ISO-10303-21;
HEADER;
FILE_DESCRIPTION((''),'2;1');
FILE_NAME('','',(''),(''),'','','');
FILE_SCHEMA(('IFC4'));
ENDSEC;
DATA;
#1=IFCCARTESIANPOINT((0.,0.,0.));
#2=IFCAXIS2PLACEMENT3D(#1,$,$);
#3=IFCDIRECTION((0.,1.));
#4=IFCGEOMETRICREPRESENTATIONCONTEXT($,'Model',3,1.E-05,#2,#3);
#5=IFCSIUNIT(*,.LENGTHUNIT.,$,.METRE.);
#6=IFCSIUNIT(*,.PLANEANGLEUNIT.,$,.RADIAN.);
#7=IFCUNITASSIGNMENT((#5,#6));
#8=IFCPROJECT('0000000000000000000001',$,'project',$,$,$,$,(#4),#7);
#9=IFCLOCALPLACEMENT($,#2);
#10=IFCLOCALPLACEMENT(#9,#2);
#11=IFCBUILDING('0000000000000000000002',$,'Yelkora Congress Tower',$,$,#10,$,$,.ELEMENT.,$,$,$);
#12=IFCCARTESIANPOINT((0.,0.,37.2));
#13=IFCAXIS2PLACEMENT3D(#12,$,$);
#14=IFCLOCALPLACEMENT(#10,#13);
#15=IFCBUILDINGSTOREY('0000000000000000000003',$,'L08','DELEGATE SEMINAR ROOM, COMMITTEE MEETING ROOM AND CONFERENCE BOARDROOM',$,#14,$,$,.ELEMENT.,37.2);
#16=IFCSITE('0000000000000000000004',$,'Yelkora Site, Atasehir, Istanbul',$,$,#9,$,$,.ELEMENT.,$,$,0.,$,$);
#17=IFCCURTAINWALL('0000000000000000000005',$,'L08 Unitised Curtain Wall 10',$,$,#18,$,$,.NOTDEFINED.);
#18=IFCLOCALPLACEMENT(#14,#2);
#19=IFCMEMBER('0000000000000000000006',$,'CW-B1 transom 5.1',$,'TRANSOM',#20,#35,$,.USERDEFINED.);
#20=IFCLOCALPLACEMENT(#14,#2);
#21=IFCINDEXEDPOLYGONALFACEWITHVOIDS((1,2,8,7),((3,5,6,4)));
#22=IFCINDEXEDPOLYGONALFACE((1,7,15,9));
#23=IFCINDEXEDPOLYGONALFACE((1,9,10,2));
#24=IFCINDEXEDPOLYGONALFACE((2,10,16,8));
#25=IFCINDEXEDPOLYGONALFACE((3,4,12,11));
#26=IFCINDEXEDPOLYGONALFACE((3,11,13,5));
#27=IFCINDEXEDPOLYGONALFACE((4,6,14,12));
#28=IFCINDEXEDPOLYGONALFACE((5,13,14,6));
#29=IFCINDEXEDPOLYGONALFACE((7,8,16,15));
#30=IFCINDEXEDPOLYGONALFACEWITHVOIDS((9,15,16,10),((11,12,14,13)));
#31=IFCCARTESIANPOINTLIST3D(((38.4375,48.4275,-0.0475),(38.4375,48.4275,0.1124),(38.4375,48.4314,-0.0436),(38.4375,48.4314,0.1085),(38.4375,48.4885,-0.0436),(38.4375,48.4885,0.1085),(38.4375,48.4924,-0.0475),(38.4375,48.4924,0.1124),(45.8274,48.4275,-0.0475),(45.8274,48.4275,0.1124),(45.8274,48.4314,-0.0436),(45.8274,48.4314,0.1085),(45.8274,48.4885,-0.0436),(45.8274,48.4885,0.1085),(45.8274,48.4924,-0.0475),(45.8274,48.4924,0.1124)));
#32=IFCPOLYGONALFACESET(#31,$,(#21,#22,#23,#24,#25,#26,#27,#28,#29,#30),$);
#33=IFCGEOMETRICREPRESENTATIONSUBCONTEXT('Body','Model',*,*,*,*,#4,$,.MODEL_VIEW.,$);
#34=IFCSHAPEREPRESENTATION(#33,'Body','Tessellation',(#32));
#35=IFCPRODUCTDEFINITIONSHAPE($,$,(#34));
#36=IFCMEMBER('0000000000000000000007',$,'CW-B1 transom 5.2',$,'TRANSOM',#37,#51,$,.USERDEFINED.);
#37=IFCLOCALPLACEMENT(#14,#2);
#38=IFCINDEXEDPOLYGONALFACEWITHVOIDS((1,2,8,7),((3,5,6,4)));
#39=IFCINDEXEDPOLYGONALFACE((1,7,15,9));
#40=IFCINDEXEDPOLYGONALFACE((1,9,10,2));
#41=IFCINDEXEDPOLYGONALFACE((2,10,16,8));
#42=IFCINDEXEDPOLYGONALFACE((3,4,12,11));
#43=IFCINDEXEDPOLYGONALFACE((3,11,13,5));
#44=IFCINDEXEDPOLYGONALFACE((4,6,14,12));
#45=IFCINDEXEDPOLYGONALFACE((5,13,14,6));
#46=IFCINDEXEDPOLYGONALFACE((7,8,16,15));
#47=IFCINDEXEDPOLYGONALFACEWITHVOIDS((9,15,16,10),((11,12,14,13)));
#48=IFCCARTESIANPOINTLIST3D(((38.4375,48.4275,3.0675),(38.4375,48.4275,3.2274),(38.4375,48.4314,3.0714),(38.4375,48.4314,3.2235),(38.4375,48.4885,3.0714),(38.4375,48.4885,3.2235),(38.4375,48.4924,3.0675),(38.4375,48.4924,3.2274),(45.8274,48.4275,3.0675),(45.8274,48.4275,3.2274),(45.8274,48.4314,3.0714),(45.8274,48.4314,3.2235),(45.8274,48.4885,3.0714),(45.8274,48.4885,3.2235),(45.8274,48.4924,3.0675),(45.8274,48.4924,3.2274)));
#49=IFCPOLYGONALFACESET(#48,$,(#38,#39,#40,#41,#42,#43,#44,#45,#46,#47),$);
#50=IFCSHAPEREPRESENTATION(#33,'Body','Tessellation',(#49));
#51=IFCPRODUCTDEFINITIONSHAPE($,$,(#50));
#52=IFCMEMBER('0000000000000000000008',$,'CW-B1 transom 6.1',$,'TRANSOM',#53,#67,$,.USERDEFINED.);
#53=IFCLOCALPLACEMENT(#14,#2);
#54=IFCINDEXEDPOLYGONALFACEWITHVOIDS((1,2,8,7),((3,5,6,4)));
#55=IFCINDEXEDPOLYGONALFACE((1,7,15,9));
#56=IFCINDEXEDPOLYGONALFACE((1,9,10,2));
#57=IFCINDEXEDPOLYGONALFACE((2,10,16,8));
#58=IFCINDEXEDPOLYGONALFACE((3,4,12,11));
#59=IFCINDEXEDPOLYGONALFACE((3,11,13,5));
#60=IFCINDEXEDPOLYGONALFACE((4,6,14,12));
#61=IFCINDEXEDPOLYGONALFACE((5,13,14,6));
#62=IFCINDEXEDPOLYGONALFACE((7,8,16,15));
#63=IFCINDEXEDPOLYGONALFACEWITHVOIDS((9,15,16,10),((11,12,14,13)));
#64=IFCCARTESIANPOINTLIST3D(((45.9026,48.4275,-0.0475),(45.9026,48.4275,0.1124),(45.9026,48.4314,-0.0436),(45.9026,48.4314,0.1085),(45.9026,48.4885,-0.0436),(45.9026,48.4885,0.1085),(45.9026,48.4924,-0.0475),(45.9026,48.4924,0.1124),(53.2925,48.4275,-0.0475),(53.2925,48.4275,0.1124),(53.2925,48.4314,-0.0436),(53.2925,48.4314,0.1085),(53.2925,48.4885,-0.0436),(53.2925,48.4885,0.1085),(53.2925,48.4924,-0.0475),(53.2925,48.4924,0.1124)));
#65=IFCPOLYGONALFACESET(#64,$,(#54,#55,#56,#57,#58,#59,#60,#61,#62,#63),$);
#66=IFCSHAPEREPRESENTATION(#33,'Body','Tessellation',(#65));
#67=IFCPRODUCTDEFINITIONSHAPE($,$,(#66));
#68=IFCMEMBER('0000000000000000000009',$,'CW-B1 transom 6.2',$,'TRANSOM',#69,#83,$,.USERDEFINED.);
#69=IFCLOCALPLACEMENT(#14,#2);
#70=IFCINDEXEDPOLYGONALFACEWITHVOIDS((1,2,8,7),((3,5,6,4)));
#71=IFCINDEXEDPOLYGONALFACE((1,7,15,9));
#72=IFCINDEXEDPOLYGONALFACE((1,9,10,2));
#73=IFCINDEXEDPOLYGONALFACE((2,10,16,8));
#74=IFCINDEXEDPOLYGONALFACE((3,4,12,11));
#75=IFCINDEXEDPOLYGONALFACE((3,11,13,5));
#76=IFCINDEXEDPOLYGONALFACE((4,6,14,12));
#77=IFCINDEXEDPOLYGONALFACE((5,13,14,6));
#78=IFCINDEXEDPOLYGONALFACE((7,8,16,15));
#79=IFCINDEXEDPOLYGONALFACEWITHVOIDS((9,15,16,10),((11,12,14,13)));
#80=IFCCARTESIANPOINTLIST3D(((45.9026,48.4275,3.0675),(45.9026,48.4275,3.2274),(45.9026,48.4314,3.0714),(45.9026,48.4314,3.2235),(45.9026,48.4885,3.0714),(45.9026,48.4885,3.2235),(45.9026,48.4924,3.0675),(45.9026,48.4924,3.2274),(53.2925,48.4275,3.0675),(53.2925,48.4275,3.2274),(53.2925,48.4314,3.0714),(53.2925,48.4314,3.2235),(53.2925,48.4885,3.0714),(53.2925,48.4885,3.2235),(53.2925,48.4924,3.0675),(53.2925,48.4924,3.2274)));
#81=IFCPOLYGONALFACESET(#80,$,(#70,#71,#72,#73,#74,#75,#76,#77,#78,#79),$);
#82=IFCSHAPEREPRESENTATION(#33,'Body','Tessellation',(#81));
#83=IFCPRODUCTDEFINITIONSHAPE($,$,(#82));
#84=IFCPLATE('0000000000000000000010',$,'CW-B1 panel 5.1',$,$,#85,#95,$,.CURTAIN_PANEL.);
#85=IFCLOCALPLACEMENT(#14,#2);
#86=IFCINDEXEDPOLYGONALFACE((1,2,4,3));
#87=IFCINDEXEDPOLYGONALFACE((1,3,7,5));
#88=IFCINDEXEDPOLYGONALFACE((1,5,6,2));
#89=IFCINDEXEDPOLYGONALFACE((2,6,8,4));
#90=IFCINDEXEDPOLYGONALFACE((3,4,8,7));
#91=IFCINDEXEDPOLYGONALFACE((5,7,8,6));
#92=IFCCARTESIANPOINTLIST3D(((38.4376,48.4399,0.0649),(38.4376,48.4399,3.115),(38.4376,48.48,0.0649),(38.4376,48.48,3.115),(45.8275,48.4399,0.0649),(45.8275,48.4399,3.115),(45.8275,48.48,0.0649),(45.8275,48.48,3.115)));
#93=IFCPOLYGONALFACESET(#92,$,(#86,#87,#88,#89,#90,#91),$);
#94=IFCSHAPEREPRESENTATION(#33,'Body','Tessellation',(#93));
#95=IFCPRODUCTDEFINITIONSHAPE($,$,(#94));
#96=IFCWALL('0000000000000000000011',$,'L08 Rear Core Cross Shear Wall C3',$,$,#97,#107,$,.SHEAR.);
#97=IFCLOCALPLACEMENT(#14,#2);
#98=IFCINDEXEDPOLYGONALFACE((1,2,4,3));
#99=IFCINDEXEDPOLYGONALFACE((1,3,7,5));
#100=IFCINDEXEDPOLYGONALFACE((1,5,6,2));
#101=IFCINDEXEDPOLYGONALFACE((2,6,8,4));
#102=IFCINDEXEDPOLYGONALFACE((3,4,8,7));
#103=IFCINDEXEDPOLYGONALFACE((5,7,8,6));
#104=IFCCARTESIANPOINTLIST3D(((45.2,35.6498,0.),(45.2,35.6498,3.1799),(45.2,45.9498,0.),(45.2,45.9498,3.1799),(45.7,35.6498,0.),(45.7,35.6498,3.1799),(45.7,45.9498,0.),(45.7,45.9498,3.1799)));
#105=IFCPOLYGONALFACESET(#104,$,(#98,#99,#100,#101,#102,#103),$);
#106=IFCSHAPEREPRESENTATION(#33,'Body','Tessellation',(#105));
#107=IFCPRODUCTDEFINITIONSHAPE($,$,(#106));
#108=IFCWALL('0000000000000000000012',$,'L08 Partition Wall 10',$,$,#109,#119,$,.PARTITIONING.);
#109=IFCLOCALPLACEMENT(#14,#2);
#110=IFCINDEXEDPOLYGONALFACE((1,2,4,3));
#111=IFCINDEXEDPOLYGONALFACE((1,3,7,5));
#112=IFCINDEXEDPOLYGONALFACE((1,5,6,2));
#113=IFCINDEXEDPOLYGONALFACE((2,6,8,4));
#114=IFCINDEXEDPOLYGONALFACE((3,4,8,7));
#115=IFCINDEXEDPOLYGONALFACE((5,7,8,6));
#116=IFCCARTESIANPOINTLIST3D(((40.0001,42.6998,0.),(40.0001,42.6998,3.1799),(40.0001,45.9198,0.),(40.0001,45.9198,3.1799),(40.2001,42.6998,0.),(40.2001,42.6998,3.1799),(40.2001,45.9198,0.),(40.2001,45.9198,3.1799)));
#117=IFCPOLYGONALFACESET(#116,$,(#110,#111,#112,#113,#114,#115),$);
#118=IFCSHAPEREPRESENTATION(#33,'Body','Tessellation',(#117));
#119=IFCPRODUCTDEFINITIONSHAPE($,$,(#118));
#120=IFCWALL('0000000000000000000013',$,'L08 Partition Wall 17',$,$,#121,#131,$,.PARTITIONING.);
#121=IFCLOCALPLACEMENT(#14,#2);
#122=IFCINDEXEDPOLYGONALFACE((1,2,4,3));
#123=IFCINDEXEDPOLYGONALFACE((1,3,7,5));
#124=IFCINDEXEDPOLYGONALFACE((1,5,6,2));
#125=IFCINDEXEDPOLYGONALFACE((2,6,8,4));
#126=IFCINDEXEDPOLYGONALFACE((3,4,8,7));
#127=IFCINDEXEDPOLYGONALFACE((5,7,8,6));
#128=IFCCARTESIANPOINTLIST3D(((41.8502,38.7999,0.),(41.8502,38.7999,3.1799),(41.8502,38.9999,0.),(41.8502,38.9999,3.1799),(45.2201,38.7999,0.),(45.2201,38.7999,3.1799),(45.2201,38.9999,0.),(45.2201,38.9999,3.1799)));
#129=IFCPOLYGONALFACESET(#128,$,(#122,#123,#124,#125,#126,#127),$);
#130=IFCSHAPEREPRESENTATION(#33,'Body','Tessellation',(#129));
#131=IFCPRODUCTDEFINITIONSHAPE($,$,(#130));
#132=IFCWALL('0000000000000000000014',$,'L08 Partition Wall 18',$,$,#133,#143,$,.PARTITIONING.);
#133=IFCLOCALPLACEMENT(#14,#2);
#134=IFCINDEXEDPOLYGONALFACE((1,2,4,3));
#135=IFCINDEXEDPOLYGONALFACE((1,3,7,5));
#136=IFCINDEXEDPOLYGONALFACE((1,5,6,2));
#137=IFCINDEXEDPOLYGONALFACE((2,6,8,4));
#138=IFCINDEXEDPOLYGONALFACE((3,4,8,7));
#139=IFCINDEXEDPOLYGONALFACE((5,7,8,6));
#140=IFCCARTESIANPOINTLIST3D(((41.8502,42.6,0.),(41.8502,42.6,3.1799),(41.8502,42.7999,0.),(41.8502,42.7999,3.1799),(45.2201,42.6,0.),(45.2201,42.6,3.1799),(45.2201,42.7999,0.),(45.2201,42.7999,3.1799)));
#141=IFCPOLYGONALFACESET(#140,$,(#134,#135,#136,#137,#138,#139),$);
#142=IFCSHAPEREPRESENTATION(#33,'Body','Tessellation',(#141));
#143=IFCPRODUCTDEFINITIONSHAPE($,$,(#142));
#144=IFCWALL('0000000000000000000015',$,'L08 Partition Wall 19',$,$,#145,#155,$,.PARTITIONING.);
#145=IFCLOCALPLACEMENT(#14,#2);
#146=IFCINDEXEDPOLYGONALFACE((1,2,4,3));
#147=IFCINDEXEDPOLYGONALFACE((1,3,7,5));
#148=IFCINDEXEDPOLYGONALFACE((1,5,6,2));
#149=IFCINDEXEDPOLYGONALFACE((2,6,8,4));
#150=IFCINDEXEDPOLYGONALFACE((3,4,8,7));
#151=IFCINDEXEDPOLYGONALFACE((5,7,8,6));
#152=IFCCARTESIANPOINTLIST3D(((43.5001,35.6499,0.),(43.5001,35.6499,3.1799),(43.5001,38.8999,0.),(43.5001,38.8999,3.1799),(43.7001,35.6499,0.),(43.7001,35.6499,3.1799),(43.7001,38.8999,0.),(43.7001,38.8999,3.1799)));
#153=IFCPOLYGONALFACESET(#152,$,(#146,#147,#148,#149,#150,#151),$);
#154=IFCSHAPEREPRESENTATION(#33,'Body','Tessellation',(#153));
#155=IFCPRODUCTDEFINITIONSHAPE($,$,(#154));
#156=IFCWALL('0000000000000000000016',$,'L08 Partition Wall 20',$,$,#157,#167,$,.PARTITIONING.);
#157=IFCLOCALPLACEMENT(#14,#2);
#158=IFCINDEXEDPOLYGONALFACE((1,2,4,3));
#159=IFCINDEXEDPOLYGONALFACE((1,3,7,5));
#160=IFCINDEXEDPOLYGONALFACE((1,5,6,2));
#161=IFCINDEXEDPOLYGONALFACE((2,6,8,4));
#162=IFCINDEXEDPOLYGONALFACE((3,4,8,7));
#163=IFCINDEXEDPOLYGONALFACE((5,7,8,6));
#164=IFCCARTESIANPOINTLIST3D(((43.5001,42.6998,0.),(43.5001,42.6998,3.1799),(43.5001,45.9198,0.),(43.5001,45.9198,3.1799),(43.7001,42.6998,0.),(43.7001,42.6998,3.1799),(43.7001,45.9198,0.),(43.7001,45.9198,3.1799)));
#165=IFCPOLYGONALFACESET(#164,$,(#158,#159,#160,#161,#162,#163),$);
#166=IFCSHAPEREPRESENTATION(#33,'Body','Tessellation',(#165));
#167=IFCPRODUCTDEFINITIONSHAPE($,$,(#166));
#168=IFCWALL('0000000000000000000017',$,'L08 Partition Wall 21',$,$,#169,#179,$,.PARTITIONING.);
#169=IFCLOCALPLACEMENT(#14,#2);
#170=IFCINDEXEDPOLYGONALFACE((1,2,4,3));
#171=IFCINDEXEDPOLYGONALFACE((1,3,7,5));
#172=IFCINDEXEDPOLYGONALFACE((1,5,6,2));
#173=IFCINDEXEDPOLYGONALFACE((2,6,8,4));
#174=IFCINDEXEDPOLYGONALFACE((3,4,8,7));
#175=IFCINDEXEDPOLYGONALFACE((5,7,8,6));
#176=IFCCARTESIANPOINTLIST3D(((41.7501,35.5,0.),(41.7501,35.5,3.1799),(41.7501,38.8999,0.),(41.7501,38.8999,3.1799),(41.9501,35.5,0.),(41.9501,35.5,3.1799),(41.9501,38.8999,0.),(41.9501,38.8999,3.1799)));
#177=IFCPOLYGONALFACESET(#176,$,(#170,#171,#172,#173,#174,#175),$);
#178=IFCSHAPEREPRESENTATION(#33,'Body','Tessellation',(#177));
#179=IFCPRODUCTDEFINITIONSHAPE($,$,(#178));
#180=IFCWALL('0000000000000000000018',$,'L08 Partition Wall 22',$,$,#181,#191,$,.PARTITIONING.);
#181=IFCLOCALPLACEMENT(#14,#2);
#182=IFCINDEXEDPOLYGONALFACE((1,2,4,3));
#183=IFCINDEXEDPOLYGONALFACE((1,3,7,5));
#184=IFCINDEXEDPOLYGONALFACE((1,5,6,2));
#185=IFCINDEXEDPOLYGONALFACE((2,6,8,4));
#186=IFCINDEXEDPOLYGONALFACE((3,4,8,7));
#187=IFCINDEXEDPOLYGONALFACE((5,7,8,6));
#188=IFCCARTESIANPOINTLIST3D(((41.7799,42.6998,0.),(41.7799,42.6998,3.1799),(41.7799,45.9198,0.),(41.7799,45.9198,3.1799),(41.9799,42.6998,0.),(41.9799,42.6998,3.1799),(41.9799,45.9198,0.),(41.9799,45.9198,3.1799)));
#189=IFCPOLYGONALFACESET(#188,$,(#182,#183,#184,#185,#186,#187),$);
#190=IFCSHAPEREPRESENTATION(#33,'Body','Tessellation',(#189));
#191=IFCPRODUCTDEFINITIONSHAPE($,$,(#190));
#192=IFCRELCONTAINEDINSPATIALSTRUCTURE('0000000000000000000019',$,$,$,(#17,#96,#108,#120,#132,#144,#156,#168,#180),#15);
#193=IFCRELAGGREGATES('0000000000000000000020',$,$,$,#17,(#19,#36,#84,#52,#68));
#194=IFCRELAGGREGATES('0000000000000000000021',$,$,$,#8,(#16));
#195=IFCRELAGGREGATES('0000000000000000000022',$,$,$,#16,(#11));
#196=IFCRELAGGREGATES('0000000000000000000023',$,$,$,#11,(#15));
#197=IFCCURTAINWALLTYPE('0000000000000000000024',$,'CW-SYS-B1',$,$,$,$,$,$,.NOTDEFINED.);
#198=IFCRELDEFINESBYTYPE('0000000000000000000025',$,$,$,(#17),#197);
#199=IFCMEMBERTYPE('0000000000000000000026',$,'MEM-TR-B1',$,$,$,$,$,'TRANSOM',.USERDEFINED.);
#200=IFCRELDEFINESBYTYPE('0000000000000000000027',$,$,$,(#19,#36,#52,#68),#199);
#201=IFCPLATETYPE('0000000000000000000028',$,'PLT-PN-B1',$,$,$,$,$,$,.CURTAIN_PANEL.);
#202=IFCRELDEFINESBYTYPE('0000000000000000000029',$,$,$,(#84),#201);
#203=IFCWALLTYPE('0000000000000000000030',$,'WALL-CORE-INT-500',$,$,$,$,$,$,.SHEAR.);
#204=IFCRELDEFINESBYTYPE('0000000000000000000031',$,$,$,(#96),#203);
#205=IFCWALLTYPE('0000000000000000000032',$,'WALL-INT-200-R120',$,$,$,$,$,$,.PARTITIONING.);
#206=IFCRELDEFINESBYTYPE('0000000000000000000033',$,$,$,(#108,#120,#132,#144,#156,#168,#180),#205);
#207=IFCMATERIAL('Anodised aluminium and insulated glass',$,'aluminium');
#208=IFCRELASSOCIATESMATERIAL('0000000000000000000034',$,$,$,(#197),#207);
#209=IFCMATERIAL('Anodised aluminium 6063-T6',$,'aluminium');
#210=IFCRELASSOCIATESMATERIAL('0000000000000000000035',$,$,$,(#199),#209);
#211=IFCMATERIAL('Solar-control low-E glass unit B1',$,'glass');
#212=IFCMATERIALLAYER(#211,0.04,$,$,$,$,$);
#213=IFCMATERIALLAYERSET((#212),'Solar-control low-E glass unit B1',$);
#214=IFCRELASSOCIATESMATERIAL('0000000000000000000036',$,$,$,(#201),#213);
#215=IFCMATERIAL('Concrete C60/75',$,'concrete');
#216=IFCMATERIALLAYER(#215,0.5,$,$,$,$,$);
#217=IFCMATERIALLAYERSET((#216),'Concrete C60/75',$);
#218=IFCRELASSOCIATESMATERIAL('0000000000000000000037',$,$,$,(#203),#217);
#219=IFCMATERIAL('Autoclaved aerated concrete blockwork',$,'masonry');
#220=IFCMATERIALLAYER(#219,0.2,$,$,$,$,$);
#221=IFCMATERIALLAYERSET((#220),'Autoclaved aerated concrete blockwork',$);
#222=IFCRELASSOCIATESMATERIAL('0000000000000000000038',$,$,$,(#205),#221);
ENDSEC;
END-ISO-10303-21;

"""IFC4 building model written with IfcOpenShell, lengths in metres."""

from ifc_helpers import new_model, si_unit, direction, frame, frame_2d, origin, origin_2d, place, context, subcontext, project, spatial, rectangle, hollow_rectangle, extrude, material, layer, layer_set, material_profile, profile_set, type_object, element, aggregate, save


model = new_model("IFC4")

# Units and contexts
model_context = context("Model", 3, precision=1e-05, world=origin(), true_north=direction((0.0, 1.0)))
body_context = subcontext(model_context, "Body", "Model", "MODEL_VIEW")
ifc_project = project(units=[si_unit("LENGTHUNIT", "METRE"), si_unit("PLANEANGLEUNIT", "RADIAN")], contexts=[model_context])

# Site, building, storey
site_placement = place(None, origin())
site = spatial("IfcSite", under=ifc_project, at=site_placement, Name="Yelkora Site, Atasehir, Istanbul", CompositionType="ELEMENT", RefElevation=0.0)
building_placement = place(site_placement, origin())
building = spatial("IfcBuilding", under=site, at=building_placement, Name="Yelkora Congress Tower", CompositionType="ELEMENT")
storey_placement = place(building_placement, frame((0.0, 0.0, 37.2)))
storey = spatial("IfcBuildingStorey", under=building, at=storey_placement, Name="L08", Description="DELEGATE SEMINAR ROOM, COMMITTEE MEETING ROOM AND CONFERENCE BOARDROOM", CompositionType="ELEMENT", Elevation=37.2)

# Shared definitions
ifc_material_1 = material(Name="Concrete C60/75", Category="concrete")

# Curtain wall, members, plate
ifc_material_2 = material(Name="Anodised aluminium and insulated glass", Category="aluminium")
curtain_wall_type = type_object("IfcCurtainWallType", Name="CW-SYS-B1", PredefinedType="NOTDEFINED", material=ifc_material_2)
curtain_wall_placement = place(storey_placement, origin())
curtain_wall = element("IfcCurtainWall", 1, at=curtain_wall_placement, inside=storey, type_object=curtain_wall_type, Name="L08 Unitised Curtain Wall 10", PredefinedType="NOTDEFINED")
ifc_material_3 = material(Name="Anodised aluminium 6063-T6", Category="aluminium")
ifc_material_profile_1 = material_profile(ifc_material_3, hollow_rectangle(XDim=0.0649, YDim=0.1599, WallThickness=0.0039, at=origin_2d()), Name="ALU 65x160x4")
ifc_profile_set_1 = profile_set([ifc_material_profile_1], Name="Anodised aluminium 6063-T6")
member_type_1 = type_object("IfcMemberType", Name="MEM-TR-B1", ElementType="TRANSOM", PredefinedType="USERDEFINED", material=ifc_profile_set_1)
member_1_placement = place(storey_placement, frame((38.4375, 48.46, 0.0325), z_axis=(1.0, 0.0, 0.0), x_axis=(0.0, 1.0, 0.0)))
member_1 = element("IfcMember", 2, at=member_1_placement, type_object=member_type_1, Name="CW-B1 transom 5.1", ObjectType="TRANSOM", PredefinedType="USERDEFINED", context=body_context, shape_type="SweptSolid", body=[
    extrude(hollow_rectangle(XDim=0.0649, YDim=0.1599, WallThickness=0.0039, at=origin_2d()), origin(), (0.0, 0.0, 1.0), 7.3899),
])
member_2_placement = place(storey_placement, frame((38.4375, 48.46, 3.1475), z_axis=(1.0, 0.0, 0.0), x_axis=(0.0, 1.0, 0.0)))
member_2 = element("IfcMember", 3, at=member_2_placement, type_object=member_type_1, Name="CW-B1 transom 5.2", ObjectType="TRANSOM", PredefinedType="USERDEFINED", context=body_context, shape_type="SweptSolid", body=[
    extrude(hollow_rectangle(XDim=0.0649, YDim=0.1599, WallThickness=0.0039, at=origin_2d()), origin(), (0.0, 0.0, 1.0), 7.3899),
])
member_3_placement = place(storey_placement, frame((45.9026, 48.46, 0.0325), z_axis=(1.0, 0.0, 0.0), x_axis=(0.0, 1.0, 0.0)))
member_3 = element("IfcMember", 4, at=member_3_placement, type_object=member_type_1, Name="CW-B1 transom 6.1", ObjectType="TRANSOM", PredefinedType="USERDEFINED", context=body_context, shape_type="SweptSolid", body=[
    extrude(hollow_rectangle(XDim=0.0649, YDim=0.1599, WallThickness=0.0039, at=origin_2d()), origin(), (0.0, 0.0, 1.0), 7.3899),
])
member_4_placement = place(storey_placement, frame((45.9026, 48.46, 3.1475), z_axis=(1.0, 0.0, 0.0), x_axis=(0.0, 1.0, 0.0)))
member_4 = element("IfcMember", 5, at=member_4_placement, type_object=member_type_1, Name="CW-B1 transom 6.2", ObjectType="TRANSOM", PredefinedType="USERDEFINED", context=body_context, shape_type="SweptSolid", body=[
    extrude(hollow_rectangle(XDim=0.0649, YDim=0.1599, WallThickness=0.0039, at=origin_2d()), origin(), (0.0, 0.0, 1.0), 7.3899),
])
ifc_material_4 = material(Name="Solar-control low-E glass unit B1", Category="glass")
ifc_layer_1 = layer(ifc_material_4, 0.04)
ifc_layer_set_1 = layer_set([ifc_layer_1], Name="Solar-control low-E glass unit B1")
plate_type = type_object("IfcPlateType", Name="PLT-PN-B1", PredefinedType="CURTAIN_PANEL", material=ifc_layer_set_1)
plate_placement = place(storey_placement, frame((42.1326, 48.46, 0.0649), z_axis=(0.0, 0.0, 1.0), x_axis=(1.0, 0.0, 0.0)))
plate = element("IfcPlate", 6, at=plate_placement, type_object=plate_type, Name="CW-B1 panel 5.1", PredefinedType="CURTAIN_PANEL", context=body_context, shape_type="SweptSolid", body=[
    extrude(rectangle(XDim=7.3899, YDim=0.04, at=origin_2d()), origin(), (0.0, 0.0, 1.0), 3.05),
])
aggregate(curtain_wall, [member_1, member_2, plate, member_3, member_4])

# Shared definitions
ifc_layer_2 = layer(ifc_material_1, 0.5)
ifc_layer_set_2 = layer_set([ifc_layer_2], Name="Concrete C60/75")
wall_type_1 = type_object("IfcWallType", Name="WALL-CORE-INT-500", PredefinedType="SHEAR", material=ifc_layer_set_2)

# Wall
wall_1_placement = place(storey_placement, frame((45.45, 35.6499, 0.0), z_axis=(0.0, 0.0, 1.0), x_axis=(0.0, 1.0, 0.0)))
element("IfcWall", 7, at=wall_1_placement, inside=storey, type_object=wall_type_1, Name="L08 Rear Core Cross Shear Wall C3", PredefinedType="SHEAR", context=body_context, shape_type="SweptSolid", body=[
    extrude(rectangle(XDim=10.3, YDim=0.5, at=frame_2d((5.1499, 0.0))), origin(), (0.0, 0.0, 1.0), 3.1799),
])

# Walls
ifc_material_5 = material(Name="Autoclaved aerated concrete blockwork", Category="masonry")
ifc_layer_3 = layer(ifc_material_5, 0.2)
ifc_layer_set_3 = layer_set([ifc_layer_3], Name="Autoclaved aerated concrete blockwork")
wall_type_2 = type_object("IfcWallType", Name="WALL-INT-200-R120", PredefinedType="PARTITIONING", material=ifc_layer_set_3)
wall_2_placement = place(storey_placement, frame((40.1001, 42.7, 0.0), z_axis=(0.0, 0.0, 1.0), x_axis=(0.0, 1.0, 0.0)))
element("IfcWall", 8, at=wall_2_placement, inside=storey, type_object=wall_type_2, Name="L08 Partition Wall 10", PredefinedType="PARTITIONING", context=body_context, shape_type="SweptSolid", body=[
    extrude(rectangle(XDim=3.22, YDim=0.2, at=frame_2d((1.6099, 0.0))), origin(), (0.0, 0.0, 1.0), 3.1799),
])
for number, where, z_axis, x_axis, name in (
    (9, (41.8501, 38.8999, 0.0), (0.0, 0.0, 1.0), (1.0, 0.0, 0.0), "L08 Partition Wall 17"),
    (10, (41.8501, 42.7, 0.0), (0.0, 0.0, 1.0), (1.0, 0.0, 0.0), "L08 Partition Wall 18"),
):
    element("IfcWall", number, at=place(storey_placement, frame(where, z_axis=z_axis, x_axis=x_axis)), inside=storey, type_object=wall_type_2, Name=name, PredefinedType="PARTITIONING", context=body_context, shape_type="SweptSolid", body=[
        extrude(rectangle(XDim=3.3699, YDim=0.2, at=frame_2d((1.6851, 0.0))), origin(), (0.0, 0.0, 1.0), 3.1799),
    ])
wall_3_placement = place(storey_placement, frame((43.6001, 35.6499, 0.0), z_axis=(0.0, 0.0, 1.0), x_axis=(0.0, 1.0, 0.0)))
element("IfcWall", 11, at=wall_3_placement, inside=storey, type_object=wall_type_2, Name="L08 Partition Wall 19", PredefinedType="PARTITIONING", context=body_context, shape_type="SweptSolid", body=[
    extrude(rectangle(XDim=3.25, YDim=0.2, at=frame_2d((1.625, 0.0))), origin(), (0.0, 0.0, 1.0), 3.1799),
])
wall_4_placement = place(storey_placement, frame((43.6001, 42.7, 0.0), z_axis=(0.0, 0.0, 1.0), x_axis=(0.0, 1.0, 0.0)))
element("IfcWall", 12, at=wall_4_placement, inside=storey, type_object=wall_type_2, Name="L08 Partition Wall 20", PredefinedType="PARTITIONING", context=body_context, shape_type="SweptSolid", body=[
    extrude(rectangle(XDim=3.22, YDim=0.2, at=frame_2d((1.6099, 0.0))), origin(), (0.0, 0.0, 1.0), 3.1799),
])
wall_5_placement = place(storey_placement, frame((41.8501, 35.5, 0.0), z_axis=(0.0, 0.0, 1.0), x_axis=(0.0, 1.0, 0.0)))
element("IfcWall", 13, at=wall_5_placement, inside=storey, type_object=wall_type_2, Name="L08 Partition Wall 21", PredefinedType="PARTITIONING", context=body_context, shape_type="SweptSolid", body=[
    extrude(rectangle(XDim=3.3999, YDim=0.2, at=frame_2d((1.7, 0.0))), origin(), (0.0, 0.0, 1.0), 3.1799),
])
wall_6_placement = place(storey_placement, frame((41.8799, 42.7, 0.0), z_axis=(0.0, 0.0, 1.0), x_axis=(0.0, 1.0, 0.0)))
element("IfcWall", 14, at=wall_6_placement, inside=storey, type_object=wall_type_2, Name="L08 Partition Wall 22", PredefinedType="PARTITIONING", context=body_context, shape_type="SweptSolid", body=[
    extrude(rectangle(XDim=3.22, YDim=0.2, at=frame_2d((1.6099, 0.0))), origin(), (0.0, 0.0, 1.0), 3.1799),
])

save(model, "model.ifc")
